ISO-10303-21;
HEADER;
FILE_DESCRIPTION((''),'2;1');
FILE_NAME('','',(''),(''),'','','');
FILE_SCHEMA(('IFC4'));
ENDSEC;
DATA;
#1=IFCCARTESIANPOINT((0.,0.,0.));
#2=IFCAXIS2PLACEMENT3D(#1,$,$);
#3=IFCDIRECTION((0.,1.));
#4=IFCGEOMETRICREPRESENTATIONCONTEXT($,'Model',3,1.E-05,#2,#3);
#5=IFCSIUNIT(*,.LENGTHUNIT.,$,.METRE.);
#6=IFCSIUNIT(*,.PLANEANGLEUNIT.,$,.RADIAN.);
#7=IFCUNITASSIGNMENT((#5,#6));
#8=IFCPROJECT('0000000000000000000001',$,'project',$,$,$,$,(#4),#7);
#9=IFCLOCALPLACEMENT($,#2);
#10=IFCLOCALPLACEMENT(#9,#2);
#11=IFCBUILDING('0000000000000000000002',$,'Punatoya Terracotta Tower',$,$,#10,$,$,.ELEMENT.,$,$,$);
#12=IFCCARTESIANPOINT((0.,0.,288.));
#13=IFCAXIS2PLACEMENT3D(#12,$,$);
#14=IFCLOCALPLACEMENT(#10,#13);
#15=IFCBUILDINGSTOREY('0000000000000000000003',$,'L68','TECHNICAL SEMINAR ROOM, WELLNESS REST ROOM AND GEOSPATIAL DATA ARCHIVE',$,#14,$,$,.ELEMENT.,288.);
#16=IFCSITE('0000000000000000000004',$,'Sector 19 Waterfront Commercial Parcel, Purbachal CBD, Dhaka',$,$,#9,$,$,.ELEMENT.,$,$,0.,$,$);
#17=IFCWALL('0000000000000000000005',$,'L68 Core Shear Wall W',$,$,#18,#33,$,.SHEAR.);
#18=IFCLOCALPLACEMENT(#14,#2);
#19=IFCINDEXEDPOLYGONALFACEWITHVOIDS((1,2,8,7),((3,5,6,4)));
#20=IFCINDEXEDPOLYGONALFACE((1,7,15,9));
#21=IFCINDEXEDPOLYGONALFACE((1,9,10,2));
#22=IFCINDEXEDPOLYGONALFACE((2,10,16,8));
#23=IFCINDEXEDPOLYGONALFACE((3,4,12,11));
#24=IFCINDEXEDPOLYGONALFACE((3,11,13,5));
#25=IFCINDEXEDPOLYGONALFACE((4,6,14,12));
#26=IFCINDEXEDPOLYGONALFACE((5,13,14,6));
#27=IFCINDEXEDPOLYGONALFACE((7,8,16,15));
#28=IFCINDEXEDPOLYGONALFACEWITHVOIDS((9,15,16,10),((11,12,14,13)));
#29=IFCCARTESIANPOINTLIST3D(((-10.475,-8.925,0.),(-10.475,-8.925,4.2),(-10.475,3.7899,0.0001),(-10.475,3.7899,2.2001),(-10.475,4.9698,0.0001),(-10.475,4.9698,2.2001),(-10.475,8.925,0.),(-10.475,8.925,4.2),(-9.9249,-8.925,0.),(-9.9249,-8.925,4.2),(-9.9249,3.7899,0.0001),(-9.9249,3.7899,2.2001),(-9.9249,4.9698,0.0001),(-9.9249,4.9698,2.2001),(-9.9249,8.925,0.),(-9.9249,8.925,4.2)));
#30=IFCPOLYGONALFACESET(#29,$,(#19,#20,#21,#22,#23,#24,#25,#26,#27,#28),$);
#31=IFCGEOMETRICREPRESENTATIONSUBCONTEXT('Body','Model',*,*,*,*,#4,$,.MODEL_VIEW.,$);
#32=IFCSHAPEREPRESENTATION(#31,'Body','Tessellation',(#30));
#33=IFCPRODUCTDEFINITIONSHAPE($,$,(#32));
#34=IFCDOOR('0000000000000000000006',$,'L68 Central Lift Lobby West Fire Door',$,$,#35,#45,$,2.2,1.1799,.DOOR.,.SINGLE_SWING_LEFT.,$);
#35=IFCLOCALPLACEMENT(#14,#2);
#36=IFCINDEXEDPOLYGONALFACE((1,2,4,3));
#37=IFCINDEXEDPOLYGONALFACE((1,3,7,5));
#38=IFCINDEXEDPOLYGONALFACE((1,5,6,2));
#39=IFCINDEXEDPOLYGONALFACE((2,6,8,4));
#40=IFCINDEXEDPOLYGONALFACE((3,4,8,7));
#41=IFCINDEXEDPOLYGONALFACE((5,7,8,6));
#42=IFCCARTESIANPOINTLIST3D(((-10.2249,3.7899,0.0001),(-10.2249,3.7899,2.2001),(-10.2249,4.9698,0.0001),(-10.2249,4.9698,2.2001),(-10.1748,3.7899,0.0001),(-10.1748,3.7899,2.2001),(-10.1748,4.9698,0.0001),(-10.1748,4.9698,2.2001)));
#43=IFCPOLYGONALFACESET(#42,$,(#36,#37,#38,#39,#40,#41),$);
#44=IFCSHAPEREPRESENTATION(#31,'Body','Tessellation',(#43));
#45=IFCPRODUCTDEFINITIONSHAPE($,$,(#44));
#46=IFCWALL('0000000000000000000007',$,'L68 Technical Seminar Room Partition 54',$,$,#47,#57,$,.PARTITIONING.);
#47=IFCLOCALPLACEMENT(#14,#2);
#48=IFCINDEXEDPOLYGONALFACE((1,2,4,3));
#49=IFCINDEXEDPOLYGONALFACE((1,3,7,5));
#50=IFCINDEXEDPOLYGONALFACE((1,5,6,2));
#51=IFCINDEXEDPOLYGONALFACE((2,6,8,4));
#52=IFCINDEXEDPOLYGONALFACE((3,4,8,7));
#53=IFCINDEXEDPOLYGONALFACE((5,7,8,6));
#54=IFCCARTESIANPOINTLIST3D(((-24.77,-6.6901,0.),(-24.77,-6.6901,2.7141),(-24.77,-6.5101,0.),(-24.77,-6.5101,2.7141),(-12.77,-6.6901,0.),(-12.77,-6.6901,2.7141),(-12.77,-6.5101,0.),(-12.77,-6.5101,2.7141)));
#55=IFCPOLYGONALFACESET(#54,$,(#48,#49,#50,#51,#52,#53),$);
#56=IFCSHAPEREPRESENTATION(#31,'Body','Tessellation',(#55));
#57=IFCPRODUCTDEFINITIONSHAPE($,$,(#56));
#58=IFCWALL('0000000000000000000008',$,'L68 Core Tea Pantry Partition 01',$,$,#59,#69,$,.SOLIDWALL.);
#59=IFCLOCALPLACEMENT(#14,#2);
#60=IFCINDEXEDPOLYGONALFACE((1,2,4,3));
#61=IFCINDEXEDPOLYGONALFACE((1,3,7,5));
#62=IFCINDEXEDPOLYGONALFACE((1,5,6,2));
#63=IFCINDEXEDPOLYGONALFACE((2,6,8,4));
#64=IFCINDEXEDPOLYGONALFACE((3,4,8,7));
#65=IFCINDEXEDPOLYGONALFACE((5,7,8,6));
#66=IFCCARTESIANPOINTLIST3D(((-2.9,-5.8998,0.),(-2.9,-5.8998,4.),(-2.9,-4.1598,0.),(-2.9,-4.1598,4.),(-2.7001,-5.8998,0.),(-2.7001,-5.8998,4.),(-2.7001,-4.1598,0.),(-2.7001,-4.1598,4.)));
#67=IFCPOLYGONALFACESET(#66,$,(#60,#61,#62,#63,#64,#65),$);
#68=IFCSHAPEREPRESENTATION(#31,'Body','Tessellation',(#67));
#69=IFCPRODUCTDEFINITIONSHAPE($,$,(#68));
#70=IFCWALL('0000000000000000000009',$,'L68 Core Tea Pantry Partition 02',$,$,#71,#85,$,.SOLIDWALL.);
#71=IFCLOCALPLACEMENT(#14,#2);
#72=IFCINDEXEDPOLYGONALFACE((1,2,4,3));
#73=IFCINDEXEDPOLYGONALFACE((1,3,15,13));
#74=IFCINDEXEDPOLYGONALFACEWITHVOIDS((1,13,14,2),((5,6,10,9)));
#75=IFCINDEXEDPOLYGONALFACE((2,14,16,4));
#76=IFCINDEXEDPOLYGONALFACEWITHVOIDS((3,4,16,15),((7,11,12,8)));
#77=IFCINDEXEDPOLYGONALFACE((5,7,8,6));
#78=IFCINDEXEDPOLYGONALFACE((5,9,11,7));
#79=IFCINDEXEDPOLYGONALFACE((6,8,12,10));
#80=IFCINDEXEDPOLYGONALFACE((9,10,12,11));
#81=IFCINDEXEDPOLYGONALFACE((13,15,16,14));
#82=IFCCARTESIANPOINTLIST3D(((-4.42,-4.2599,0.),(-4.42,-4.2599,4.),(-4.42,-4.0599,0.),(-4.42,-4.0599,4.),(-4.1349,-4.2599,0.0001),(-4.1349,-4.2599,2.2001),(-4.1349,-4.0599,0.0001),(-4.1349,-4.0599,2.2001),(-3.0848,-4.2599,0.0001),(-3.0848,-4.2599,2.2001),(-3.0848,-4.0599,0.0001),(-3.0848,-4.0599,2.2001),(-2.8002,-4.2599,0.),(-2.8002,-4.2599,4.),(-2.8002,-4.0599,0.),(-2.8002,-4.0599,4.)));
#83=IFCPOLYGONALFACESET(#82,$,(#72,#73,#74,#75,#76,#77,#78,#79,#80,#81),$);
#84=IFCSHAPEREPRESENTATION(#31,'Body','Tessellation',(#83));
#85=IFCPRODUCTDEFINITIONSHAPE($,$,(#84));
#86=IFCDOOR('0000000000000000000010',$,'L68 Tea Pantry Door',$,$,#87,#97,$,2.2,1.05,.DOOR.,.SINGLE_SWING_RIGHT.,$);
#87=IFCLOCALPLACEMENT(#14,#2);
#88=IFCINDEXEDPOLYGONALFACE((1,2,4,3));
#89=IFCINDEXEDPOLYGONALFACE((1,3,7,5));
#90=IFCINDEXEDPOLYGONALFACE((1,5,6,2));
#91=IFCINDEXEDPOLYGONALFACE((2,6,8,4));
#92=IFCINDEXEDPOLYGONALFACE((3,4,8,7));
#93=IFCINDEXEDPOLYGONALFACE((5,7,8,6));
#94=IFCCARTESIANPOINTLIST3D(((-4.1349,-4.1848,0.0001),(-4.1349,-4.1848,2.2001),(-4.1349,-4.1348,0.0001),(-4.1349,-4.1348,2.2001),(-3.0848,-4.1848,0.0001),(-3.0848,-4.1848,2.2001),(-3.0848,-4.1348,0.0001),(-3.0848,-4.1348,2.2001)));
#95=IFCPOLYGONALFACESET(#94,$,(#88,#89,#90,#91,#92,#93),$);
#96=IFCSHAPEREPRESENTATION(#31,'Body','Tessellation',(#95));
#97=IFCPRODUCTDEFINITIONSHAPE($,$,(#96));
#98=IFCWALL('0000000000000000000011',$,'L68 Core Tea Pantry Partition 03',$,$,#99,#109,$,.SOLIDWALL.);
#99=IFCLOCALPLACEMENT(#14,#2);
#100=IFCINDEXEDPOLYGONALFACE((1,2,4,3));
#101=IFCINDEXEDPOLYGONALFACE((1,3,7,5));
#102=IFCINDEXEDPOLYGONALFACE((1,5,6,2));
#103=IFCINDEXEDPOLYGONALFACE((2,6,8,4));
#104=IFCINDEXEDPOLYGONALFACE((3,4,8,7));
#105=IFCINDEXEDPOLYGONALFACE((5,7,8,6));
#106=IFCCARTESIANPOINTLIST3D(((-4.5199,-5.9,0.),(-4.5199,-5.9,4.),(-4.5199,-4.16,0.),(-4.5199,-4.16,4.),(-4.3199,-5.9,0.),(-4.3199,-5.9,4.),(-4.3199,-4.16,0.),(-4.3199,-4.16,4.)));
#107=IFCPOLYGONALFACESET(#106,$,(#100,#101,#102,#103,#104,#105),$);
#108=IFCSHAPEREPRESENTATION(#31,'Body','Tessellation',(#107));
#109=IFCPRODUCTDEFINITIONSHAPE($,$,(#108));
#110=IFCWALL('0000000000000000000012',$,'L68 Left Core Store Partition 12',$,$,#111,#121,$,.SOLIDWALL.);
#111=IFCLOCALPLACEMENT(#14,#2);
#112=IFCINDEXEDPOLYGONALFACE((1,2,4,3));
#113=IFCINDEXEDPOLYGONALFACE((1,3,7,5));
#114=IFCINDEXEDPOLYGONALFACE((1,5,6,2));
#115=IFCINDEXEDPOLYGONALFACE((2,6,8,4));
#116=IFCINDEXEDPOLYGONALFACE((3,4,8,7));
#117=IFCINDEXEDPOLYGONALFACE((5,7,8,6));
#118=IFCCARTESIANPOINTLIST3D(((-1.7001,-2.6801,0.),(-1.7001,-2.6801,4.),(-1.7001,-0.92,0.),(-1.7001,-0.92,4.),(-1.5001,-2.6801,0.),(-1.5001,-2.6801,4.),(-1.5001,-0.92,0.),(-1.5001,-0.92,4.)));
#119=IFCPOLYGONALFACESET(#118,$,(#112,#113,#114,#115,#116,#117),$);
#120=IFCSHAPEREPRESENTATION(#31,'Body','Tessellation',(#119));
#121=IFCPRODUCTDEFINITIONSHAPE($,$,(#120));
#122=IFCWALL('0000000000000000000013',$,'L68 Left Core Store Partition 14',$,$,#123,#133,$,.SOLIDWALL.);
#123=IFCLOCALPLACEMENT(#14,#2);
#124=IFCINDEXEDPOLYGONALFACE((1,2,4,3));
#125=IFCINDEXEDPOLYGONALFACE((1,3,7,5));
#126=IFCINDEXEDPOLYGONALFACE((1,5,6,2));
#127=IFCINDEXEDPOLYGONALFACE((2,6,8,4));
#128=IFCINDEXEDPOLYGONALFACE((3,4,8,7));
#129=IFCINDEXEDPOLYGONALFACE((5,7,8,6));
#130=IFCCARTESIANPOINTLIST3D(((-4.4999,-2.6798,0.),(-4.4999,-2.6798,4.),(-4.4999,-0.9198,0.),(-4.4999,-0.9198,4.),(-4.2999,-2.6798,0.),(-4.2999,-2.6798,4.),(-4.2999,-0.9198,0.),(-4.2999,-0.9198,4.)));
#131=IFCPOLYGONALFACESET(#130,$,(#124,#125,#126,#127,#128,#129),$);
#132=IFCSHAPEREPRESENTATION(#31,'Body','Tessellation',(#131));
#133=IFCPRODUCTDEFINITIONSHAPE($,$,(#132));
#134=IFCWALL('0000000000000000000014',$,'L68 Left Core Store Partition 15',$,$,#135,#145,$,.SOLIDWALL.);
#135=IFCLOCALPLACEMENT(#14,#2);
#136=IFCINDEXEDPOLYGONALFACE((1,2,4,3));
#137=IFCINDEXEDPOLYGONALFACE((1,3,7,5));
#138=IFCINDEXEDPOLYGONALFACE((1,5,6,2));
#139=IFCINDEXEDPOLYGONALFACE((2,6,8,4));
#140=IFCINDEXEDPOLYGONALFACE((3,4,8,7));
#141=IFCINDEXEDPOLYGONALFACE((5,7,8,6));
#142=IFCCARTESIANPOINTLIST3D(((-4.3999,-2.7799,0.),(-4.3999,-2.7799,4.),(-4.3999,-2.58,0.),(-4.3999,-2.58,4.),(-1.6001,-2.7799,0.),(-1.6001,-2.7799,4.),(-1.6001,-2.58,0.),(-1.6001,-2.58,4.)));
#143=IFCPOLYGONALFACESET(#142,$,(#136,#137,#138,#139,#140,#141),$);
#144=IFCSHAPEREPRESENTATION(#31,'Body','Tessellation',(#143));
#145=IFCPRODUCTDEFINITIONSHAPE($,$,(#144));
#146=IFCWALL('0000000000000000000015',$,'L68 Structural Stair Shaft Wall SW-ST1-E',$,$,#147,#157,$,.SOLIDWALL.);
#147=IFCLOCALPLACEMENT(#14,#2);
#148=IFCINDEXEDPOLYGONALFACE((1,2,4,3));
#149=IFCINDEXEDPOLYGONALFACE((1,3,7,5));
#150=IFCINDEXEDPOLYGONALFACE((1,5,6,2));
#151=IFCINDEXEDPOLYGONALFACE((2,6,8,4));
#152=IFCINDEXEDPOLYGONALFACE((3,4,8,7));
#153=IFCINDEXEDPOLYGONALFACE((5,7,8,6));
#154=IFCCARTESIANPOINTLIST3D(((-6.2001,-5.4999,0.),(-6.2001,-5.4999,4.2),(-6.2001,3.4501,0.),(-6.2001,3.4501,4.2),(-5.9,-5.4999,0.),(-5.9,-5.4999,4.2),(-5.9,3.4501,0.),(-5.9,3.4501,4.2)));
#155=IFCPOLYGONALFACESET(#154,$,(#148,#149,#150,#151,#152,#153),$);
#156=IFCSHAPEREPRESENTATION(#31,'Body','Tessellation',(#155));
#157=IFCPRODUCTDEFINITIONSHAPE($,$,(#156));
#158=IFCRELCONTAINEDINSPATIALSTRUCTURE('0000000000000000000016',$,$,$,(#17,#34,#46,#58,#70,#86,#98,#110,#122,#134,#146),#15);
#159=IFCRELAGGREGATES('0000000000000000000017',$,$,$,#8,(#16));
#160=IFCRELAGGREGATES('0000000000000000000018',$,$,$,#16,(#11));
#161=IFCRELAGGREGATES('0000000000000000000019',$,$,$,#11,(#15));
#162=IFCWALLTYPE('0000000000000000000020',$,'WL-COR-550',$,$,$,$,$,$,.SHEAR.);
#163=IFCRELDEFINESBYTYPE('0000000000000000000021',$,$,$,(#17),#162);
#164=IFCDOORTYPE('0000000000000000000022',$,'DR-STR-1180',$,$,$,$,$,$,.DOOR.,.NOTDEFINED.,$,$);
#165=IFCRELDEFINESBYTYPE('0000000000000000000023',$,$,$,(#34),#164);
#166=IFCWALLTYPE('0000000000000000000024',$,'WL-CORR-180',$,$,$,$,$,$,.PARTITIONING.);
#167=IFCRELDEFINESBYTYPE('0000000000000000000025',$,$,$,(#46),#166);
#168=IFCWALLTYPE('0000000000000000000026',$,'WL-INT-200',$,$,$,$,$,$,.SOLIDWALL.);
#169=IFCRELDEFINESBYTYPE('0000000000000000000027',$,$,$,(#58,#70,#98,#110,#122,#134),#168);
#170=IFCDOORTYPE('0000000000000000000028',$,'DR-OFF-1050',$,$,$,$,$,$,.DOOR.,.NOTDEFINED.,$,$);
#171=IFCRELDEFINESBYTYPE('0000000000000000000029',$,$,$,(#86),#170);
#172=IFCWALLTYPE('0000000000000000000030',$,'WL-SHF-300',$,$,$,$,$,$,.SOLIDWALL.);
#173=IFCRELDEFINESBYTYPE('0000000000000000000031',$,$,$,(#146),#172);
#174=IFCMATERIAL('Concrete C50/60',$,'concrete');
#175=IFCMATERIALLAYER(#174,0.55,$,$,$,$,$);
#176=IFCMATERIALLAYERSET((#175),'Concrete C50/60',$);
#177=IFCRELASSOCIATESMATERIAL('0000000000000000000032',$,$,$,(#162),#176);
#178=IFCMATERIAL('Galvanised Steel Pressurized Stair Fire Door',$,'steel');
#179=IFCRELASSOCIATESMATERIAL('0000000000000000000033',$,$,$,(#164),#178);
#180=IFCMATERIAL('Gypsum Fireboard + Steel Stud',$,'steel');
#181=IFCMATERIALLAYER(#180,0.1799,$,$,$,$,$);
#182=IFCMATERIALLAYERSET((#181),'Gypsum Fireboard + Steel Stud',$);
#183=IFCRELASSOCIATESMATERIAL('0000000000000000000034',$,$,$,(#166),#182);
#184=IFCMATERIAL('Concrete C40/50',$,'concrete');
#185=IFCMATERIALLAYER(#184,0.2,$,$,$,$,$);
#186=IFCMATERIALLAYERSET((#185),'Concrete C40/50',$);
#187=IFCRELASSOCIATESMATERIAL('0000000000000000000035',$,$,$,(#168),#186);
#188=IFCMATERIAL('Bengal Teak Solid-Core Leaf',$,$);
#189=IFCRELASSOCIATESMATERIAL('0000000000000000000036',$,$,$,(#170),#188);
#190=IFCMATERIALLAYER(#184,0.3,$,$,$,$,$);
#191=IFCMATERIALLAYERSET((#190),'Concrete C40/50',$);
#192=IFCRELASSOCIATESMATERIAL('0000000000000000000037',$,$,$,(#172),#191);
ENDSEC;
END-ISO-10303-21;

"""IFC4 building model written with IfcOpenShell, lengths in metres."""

from ifc_helpers import new_model, si_unit, direction, frame, frame_2d, origin, place, context, subcontext, project, spatial, rectangle, extrude, material, layer, layer_set, type_object, element, fill, save


model = new_model("IFC4")

# Units and contexts
model_context = context("Model", 3, precision=1e-05, world=origin(), true_north=direction((0.0, 1.0)))
body_context = subcontext(model_context, "Body", "Model", "MODEL_VIEW")
ifc_project = project(units=[si_unit("LENGTHUNIT", "METRE"), si_unit("PLANEANGLEUNIT", "RADIAN")], contexts=[model_context])

# Site, building, storey
site_placement = place(None, origin())
site = spatial("IfcSite", under=ifc_project, at=site_placement, Name="Sector 19 Waterfront Commercial Parcel, Purbachal CBD, Dhaka", CompositionType="ELEMENT", RefElevation=0.0)
building_placement = place(site_placement, origin())
building = spatial("IfcBuilding", under=site, at=building_placement, Name="Punatoya Terracotta Tower", CompositionType="ELEMENT")
storey_placement = place(building_placement, frame((0.0, 0.0, 288.0)))
storey = spatial("IfcBuildingStorey", under=building, at=storey_placement, Name="L68", Description="TECHNICAL SEMINAR ROOM, WELLNESS REST ROOM AND GEOSPATIAL DATA ARCHIVE", CompositionType="ELEMENT", Elevation=288.0)

# Shared definitions
ifc_material_1 = material(Name="Concrete C50/60", Category="concrete")

# Wall, opening, door
ifc_layer_1 = layer(ifc_material_1, 0.55)
ifc_layer_set_1 = layer_set([ifc_layer_1], Name="Concrete C50/60")
wall_type_1 = type_object("IfcWallType", Name="WL-COR-550", PredefinedType="SHEAR", material=ifc_layer_set_1)
wall_1_placement = place(storey_placement, frame((-10.2, -8.925, 0.0), z_axis=(0.0, 0.0, 1.0), x_axis=(0.0, 1.0, 0.0)))
wall_1 = element("IfcWall", 1, at=wall_1_placement, inside=storey, type_object=wall_type_1, Name="L68 Core Shear Wall W", PredefinedType="SHEAR", context=body_context, shape_type="SweptSolid", body=[
    extrude(rectangle(XDim=17.8501, YDim=0.55, at=frame_2d((8.925, 0.0))), origin(), (0.0, 0.0, 1.0), 4.2),
])
opening_1_placement = place(wall_1_placement, frame((12.7151, 0.0, 0.0)))
opening_1 = element("IfcOpeningElement", 2, at=opening_1_placement, cuts=wall_1, PredefinedType="OPENING", context=body_context, shape_type="SweptSolid", body=[
    extrude(rectangle(XDim=1.1799, YDim=2.2, at=frame_2d((0.5898, 1.1001))), frame((0.0, 0.2849, 0.0), z_axis=(0.0, -1.0, 0.0), x_axis=(1.0, 0.0, 0.0)), (0.0, 0.0, 1.0), 0.5701),
])
ifc_material_2 = material(Name="Galvanised Steel Pressurized Stair Fire Door", Category="steel")
door_type_1 = type_object("IfcDoorType", Name="DR-STR-1180", OperationType="NOTDEFINED", PredefinedType="DOOR", material=ifc_material_2)
door_1_placement = place(opening_1_placement, origin())
door_1 = element("IfcDoor", 3, at=door_1_placement, inside=storey, type_object=door_type_1, Name="L68 Central Lift Lobby West Fire Door", OperationType="SINGLE_SWING_LEFT", OverallHeight=2.2, OverallWidth=1.1799, PredefinedType="DOOR", context=body_context, shape_type="SweptSolid", body=[
    extrude(rectangle(XDim=1.1799, YDim=2.2, at=frame_2d((0.5898, 1.1001))), frame((0.0, 0.0249, 0.0), z_axis=(0.0, -1.0, 0.0), x_axis=(1.0, 0.0, 0.0)), (0.0, 0.0, 1.0), 0.05),
])
fill(opening_1, door_1)

# Walls
ifc_material_3 = material(Name="Gypsum Fireboard + Steel Stud", Category="steel")
ifc_layer_2 = layer(ifc_material_3, 0.1799)
ifc_layer_set_2 = layer_set([ifc_layer_2], Name="Gypsum Fireboard + Steel Stud")
wall_type_2 = type_object("IfcWallType", Name="WL-CORR-180", PredefinedType="PARTITIONING", material=ifc_layer_set_2)
wall_2_placement = place(storey_placement, frame((-12.77, -6.6001, 0.0), z_axis=(0.0, 0.0, 1.0), x_axis=(-1.0, 0.0, 0.0)))
element("IfcWall", 4, at=wall_2_placement, inside=storey, type_object=wall_type_2, Name="L68 Technical Seminar Room Partition 54", PredefinedType="PARTITIONING", context=body_context, shape_type="SweptSolid", body=[
    extrude(rectangle(XDim=12.0, YDim=0.1799, at=frame_2d((6.0, 0.0))), origin(), (0.0, 0.0, 1.0), 2.7141),
])
ifc_material_4 = material(Name="Concrete C40/50", Category="concrete")
ifc_layer_3 = layer(ifc_material_4, 0.2)
ifc_layer_set_3 = layer_set([ifc_layer_3], Name="Concrete C40/50")
wall_type_3 = type_object("IfcWallType", Name="WL-INT-200", PredefinedType="SOLIDWALL", material=ifc_layer_set_3)
wall_3_placement = place(storey_placement, frame((-2.8, -5.8999, 0.0), z_axis=(0.0, 0.0, 1.0), x_axis=(0.0, 1.0, 0.0)))
element("IfcWall", 5, at=wall_3_placement, inside=storey, type_object=wall_type_3, Name="L68 Core Tea Pantry Partition 01", PredefinedType="SOLIDWALL", context=body_context, shape_type="SweptSolid", body=[
    extrude(rectangle(XDim=1.74, YDim=0.2, at=frame_2d((0.8701, 0.0))), origin(), (0.0, 0.0, 1.0), 4.0),
])

# Wall, opening, door
wall_4_placement = place(storey_placement, frame((-2.8, -4.1599, 0.0), z_axis=(0.0, 0.0, 1.0), x_axis=(-1.0, 0.0, 0.0)))
wall_4 = element("IfcWall", 6, at=wall_4_placement, inside=storey, type_object=wall_type_3, Name="L68 Core Tea Pantry Partition 02", PredefinedType="SOLIDWALL", context=body_context, shape_type="SweptSolid", body=[
    extrude(rectangle(XDim=1.6199, YDim=0.2, at=frame_2d((0.8101, 0.0))), origin(), (0.0, 0.0, 1.0), 4.0),
])
opening_2_placement = place(wall_4_placement, frame((0.2849, 0.0, 0.0)))
opening_2 = element("IfcOpeningElement", 7, at=opening_2_placement, cuts=wall_4, PredefinedType="OPENING", context=body_context, shape_type="SweptSolid", body=[
    extrude(rectangle(XDim=1.05, YDim=2.2, at=frame_2d((0.5249, 1.1001))), frame((0.0, 0.1099, 0.0), z_axis=(0.0, -1.0, 0.0), x_axis=(1.0, 0.0, 0.0)), (0.0, 0.0, 1.0), 0.22),
])
ifc_material_5 = material(Name="Bengal Teak Solid-Core Leaf")
door_type_2 = type_object("IfcDoorType", Name="DR-OFF-1050", OperationType="NOTDEFINED", PredefinedType="DOOR", material=ifc_material_5)
door_2_placement = place(opening_2_placement, origin())
door_2 = element("IfcDoor", 8, at=door_2_placement, inside=storey, type_object=door_type_2, Name="L68 Tea Pantry Door", OperationType="SINGLE_SWING_RIGHT", OverallHeight=2.2, OverallWidth=1.05, PredefinedType="DOOR", context=body_context, shape_type="SweptSolid", body=[
    extrude(rectangle(XDim=1.05, YDim=2.2, at=frame_2d((0.5249, 1.1001))), frame((0.0, 0.0249, 0.0), z_axis=(0.0, -1.0, 0.0), x_axis=(1.0, 0.0, 0.0)), (0.0, 0.0, 1.0), 0.05),
])
fill(opening_2, door_2)

# Walls
wall_5_placement = place(storey_placement, frame((-4.4199, -4.1599, 0.0), z_axis=(0.0, 0.0, 1.0), x_axis=(0.0, -1.0, 0.0)))
element("IfcWall", 9, at=wall_5_placement, inside=storey, type_object=wall_type_3, Name="L68 Core Tea Pantry Partition 03", PredefinedType="SOLIDWALL", context=body_context, shape_type="SweptSolid", body=[
    extrude(rectangle(XDim=1.74, YDim=0.2, at=frame_2d((0.8701, 0.0))), origin(), (0.0, 0.0, 1.0), 4.0),
])
for number, where, z_axis, x_axis, name in (
    (10, (-1.6001, -2.6799, 0.0), (0.0, 0.0, 1.0), (0.0, 1.0, 0.0), "L68 Left Core Store Partition 12"),
    (11, (-4.3999, -0.9199, 0.0), (0.0, 0.0, 1.0), (0.0, -1.0, 0.0), "L68 Left Core Store Partition 14"),
):
    element("IfcWall", number, at=place(storey_placement, frame(where, z_axis=z_axis, x_axis=x_axis)), inside=storey, type_object=wall_type_3, Name=name, PredefinedType="SOLIDWALL", context=body_context, shape_type="SweptSolid", body=[
        extrude(rectangle(XDim=1.76, YDim=0.2, at=frame_2d((0.8799, 0.0))), origin(), (0.0, 0.0, 1.0), 4.0),
    ])
wall_6_placement = place(storey_placement, frame((-4.3999, -2.6799, 0.0), z_axis=(0.0, 0.0, 1.0), x_axis=(1.0, 0.0, 0.0)))
element("IfcWall", 12, at=wall_6_placement, inside=storey, type_object=wall_type_3, Name="L68 Left Core Store Partition 15", PredefinedType="SOLIDWALL", context=body_context, shape_type="SweptSolid", body=[
    extrude(rectangle(XDim=2.7998, YDim=0.2, at=frame_2d((1.3999, 0.0))), origin(), (0.0, 0.0, 1.0), 4.0),
])
ifc_layer_4 = layer(ifc_material_4, 0.3)
ifc_layer_set_4 = layer_set([ifc_layer_4], Name="Concrete C40/50")
wall_type_4 = type_object("IfcWallType", Name="WL-SHF-300", PredefinedType="SOLIDWALL", material=ifc_layer_set_4)
wall_7_placement = place(storey_placement, frame((-6.05, -5.5, 0.0), z_axis=(0.0, 0.0, 1.0), x_axis=(0.0, 1.0, 0.0)))
element("IfcWall", 13, at=wall_7_placement, inside=storey, type_object=wall_type_4, Name="L68 Structural Stair Shaft Wall SW-ST1-E", PredefinedType="SOLIDWALL", context=body_context, shape_type="SweptSolid", body=[
    extrude(rectangle(XDim=8.95, YDim=0.3, at=frame_2d((4.4751, 0.0))), origin(), (0.0, 0.0, 1.0), 4.2),
])

save(model, "model.ifc")
